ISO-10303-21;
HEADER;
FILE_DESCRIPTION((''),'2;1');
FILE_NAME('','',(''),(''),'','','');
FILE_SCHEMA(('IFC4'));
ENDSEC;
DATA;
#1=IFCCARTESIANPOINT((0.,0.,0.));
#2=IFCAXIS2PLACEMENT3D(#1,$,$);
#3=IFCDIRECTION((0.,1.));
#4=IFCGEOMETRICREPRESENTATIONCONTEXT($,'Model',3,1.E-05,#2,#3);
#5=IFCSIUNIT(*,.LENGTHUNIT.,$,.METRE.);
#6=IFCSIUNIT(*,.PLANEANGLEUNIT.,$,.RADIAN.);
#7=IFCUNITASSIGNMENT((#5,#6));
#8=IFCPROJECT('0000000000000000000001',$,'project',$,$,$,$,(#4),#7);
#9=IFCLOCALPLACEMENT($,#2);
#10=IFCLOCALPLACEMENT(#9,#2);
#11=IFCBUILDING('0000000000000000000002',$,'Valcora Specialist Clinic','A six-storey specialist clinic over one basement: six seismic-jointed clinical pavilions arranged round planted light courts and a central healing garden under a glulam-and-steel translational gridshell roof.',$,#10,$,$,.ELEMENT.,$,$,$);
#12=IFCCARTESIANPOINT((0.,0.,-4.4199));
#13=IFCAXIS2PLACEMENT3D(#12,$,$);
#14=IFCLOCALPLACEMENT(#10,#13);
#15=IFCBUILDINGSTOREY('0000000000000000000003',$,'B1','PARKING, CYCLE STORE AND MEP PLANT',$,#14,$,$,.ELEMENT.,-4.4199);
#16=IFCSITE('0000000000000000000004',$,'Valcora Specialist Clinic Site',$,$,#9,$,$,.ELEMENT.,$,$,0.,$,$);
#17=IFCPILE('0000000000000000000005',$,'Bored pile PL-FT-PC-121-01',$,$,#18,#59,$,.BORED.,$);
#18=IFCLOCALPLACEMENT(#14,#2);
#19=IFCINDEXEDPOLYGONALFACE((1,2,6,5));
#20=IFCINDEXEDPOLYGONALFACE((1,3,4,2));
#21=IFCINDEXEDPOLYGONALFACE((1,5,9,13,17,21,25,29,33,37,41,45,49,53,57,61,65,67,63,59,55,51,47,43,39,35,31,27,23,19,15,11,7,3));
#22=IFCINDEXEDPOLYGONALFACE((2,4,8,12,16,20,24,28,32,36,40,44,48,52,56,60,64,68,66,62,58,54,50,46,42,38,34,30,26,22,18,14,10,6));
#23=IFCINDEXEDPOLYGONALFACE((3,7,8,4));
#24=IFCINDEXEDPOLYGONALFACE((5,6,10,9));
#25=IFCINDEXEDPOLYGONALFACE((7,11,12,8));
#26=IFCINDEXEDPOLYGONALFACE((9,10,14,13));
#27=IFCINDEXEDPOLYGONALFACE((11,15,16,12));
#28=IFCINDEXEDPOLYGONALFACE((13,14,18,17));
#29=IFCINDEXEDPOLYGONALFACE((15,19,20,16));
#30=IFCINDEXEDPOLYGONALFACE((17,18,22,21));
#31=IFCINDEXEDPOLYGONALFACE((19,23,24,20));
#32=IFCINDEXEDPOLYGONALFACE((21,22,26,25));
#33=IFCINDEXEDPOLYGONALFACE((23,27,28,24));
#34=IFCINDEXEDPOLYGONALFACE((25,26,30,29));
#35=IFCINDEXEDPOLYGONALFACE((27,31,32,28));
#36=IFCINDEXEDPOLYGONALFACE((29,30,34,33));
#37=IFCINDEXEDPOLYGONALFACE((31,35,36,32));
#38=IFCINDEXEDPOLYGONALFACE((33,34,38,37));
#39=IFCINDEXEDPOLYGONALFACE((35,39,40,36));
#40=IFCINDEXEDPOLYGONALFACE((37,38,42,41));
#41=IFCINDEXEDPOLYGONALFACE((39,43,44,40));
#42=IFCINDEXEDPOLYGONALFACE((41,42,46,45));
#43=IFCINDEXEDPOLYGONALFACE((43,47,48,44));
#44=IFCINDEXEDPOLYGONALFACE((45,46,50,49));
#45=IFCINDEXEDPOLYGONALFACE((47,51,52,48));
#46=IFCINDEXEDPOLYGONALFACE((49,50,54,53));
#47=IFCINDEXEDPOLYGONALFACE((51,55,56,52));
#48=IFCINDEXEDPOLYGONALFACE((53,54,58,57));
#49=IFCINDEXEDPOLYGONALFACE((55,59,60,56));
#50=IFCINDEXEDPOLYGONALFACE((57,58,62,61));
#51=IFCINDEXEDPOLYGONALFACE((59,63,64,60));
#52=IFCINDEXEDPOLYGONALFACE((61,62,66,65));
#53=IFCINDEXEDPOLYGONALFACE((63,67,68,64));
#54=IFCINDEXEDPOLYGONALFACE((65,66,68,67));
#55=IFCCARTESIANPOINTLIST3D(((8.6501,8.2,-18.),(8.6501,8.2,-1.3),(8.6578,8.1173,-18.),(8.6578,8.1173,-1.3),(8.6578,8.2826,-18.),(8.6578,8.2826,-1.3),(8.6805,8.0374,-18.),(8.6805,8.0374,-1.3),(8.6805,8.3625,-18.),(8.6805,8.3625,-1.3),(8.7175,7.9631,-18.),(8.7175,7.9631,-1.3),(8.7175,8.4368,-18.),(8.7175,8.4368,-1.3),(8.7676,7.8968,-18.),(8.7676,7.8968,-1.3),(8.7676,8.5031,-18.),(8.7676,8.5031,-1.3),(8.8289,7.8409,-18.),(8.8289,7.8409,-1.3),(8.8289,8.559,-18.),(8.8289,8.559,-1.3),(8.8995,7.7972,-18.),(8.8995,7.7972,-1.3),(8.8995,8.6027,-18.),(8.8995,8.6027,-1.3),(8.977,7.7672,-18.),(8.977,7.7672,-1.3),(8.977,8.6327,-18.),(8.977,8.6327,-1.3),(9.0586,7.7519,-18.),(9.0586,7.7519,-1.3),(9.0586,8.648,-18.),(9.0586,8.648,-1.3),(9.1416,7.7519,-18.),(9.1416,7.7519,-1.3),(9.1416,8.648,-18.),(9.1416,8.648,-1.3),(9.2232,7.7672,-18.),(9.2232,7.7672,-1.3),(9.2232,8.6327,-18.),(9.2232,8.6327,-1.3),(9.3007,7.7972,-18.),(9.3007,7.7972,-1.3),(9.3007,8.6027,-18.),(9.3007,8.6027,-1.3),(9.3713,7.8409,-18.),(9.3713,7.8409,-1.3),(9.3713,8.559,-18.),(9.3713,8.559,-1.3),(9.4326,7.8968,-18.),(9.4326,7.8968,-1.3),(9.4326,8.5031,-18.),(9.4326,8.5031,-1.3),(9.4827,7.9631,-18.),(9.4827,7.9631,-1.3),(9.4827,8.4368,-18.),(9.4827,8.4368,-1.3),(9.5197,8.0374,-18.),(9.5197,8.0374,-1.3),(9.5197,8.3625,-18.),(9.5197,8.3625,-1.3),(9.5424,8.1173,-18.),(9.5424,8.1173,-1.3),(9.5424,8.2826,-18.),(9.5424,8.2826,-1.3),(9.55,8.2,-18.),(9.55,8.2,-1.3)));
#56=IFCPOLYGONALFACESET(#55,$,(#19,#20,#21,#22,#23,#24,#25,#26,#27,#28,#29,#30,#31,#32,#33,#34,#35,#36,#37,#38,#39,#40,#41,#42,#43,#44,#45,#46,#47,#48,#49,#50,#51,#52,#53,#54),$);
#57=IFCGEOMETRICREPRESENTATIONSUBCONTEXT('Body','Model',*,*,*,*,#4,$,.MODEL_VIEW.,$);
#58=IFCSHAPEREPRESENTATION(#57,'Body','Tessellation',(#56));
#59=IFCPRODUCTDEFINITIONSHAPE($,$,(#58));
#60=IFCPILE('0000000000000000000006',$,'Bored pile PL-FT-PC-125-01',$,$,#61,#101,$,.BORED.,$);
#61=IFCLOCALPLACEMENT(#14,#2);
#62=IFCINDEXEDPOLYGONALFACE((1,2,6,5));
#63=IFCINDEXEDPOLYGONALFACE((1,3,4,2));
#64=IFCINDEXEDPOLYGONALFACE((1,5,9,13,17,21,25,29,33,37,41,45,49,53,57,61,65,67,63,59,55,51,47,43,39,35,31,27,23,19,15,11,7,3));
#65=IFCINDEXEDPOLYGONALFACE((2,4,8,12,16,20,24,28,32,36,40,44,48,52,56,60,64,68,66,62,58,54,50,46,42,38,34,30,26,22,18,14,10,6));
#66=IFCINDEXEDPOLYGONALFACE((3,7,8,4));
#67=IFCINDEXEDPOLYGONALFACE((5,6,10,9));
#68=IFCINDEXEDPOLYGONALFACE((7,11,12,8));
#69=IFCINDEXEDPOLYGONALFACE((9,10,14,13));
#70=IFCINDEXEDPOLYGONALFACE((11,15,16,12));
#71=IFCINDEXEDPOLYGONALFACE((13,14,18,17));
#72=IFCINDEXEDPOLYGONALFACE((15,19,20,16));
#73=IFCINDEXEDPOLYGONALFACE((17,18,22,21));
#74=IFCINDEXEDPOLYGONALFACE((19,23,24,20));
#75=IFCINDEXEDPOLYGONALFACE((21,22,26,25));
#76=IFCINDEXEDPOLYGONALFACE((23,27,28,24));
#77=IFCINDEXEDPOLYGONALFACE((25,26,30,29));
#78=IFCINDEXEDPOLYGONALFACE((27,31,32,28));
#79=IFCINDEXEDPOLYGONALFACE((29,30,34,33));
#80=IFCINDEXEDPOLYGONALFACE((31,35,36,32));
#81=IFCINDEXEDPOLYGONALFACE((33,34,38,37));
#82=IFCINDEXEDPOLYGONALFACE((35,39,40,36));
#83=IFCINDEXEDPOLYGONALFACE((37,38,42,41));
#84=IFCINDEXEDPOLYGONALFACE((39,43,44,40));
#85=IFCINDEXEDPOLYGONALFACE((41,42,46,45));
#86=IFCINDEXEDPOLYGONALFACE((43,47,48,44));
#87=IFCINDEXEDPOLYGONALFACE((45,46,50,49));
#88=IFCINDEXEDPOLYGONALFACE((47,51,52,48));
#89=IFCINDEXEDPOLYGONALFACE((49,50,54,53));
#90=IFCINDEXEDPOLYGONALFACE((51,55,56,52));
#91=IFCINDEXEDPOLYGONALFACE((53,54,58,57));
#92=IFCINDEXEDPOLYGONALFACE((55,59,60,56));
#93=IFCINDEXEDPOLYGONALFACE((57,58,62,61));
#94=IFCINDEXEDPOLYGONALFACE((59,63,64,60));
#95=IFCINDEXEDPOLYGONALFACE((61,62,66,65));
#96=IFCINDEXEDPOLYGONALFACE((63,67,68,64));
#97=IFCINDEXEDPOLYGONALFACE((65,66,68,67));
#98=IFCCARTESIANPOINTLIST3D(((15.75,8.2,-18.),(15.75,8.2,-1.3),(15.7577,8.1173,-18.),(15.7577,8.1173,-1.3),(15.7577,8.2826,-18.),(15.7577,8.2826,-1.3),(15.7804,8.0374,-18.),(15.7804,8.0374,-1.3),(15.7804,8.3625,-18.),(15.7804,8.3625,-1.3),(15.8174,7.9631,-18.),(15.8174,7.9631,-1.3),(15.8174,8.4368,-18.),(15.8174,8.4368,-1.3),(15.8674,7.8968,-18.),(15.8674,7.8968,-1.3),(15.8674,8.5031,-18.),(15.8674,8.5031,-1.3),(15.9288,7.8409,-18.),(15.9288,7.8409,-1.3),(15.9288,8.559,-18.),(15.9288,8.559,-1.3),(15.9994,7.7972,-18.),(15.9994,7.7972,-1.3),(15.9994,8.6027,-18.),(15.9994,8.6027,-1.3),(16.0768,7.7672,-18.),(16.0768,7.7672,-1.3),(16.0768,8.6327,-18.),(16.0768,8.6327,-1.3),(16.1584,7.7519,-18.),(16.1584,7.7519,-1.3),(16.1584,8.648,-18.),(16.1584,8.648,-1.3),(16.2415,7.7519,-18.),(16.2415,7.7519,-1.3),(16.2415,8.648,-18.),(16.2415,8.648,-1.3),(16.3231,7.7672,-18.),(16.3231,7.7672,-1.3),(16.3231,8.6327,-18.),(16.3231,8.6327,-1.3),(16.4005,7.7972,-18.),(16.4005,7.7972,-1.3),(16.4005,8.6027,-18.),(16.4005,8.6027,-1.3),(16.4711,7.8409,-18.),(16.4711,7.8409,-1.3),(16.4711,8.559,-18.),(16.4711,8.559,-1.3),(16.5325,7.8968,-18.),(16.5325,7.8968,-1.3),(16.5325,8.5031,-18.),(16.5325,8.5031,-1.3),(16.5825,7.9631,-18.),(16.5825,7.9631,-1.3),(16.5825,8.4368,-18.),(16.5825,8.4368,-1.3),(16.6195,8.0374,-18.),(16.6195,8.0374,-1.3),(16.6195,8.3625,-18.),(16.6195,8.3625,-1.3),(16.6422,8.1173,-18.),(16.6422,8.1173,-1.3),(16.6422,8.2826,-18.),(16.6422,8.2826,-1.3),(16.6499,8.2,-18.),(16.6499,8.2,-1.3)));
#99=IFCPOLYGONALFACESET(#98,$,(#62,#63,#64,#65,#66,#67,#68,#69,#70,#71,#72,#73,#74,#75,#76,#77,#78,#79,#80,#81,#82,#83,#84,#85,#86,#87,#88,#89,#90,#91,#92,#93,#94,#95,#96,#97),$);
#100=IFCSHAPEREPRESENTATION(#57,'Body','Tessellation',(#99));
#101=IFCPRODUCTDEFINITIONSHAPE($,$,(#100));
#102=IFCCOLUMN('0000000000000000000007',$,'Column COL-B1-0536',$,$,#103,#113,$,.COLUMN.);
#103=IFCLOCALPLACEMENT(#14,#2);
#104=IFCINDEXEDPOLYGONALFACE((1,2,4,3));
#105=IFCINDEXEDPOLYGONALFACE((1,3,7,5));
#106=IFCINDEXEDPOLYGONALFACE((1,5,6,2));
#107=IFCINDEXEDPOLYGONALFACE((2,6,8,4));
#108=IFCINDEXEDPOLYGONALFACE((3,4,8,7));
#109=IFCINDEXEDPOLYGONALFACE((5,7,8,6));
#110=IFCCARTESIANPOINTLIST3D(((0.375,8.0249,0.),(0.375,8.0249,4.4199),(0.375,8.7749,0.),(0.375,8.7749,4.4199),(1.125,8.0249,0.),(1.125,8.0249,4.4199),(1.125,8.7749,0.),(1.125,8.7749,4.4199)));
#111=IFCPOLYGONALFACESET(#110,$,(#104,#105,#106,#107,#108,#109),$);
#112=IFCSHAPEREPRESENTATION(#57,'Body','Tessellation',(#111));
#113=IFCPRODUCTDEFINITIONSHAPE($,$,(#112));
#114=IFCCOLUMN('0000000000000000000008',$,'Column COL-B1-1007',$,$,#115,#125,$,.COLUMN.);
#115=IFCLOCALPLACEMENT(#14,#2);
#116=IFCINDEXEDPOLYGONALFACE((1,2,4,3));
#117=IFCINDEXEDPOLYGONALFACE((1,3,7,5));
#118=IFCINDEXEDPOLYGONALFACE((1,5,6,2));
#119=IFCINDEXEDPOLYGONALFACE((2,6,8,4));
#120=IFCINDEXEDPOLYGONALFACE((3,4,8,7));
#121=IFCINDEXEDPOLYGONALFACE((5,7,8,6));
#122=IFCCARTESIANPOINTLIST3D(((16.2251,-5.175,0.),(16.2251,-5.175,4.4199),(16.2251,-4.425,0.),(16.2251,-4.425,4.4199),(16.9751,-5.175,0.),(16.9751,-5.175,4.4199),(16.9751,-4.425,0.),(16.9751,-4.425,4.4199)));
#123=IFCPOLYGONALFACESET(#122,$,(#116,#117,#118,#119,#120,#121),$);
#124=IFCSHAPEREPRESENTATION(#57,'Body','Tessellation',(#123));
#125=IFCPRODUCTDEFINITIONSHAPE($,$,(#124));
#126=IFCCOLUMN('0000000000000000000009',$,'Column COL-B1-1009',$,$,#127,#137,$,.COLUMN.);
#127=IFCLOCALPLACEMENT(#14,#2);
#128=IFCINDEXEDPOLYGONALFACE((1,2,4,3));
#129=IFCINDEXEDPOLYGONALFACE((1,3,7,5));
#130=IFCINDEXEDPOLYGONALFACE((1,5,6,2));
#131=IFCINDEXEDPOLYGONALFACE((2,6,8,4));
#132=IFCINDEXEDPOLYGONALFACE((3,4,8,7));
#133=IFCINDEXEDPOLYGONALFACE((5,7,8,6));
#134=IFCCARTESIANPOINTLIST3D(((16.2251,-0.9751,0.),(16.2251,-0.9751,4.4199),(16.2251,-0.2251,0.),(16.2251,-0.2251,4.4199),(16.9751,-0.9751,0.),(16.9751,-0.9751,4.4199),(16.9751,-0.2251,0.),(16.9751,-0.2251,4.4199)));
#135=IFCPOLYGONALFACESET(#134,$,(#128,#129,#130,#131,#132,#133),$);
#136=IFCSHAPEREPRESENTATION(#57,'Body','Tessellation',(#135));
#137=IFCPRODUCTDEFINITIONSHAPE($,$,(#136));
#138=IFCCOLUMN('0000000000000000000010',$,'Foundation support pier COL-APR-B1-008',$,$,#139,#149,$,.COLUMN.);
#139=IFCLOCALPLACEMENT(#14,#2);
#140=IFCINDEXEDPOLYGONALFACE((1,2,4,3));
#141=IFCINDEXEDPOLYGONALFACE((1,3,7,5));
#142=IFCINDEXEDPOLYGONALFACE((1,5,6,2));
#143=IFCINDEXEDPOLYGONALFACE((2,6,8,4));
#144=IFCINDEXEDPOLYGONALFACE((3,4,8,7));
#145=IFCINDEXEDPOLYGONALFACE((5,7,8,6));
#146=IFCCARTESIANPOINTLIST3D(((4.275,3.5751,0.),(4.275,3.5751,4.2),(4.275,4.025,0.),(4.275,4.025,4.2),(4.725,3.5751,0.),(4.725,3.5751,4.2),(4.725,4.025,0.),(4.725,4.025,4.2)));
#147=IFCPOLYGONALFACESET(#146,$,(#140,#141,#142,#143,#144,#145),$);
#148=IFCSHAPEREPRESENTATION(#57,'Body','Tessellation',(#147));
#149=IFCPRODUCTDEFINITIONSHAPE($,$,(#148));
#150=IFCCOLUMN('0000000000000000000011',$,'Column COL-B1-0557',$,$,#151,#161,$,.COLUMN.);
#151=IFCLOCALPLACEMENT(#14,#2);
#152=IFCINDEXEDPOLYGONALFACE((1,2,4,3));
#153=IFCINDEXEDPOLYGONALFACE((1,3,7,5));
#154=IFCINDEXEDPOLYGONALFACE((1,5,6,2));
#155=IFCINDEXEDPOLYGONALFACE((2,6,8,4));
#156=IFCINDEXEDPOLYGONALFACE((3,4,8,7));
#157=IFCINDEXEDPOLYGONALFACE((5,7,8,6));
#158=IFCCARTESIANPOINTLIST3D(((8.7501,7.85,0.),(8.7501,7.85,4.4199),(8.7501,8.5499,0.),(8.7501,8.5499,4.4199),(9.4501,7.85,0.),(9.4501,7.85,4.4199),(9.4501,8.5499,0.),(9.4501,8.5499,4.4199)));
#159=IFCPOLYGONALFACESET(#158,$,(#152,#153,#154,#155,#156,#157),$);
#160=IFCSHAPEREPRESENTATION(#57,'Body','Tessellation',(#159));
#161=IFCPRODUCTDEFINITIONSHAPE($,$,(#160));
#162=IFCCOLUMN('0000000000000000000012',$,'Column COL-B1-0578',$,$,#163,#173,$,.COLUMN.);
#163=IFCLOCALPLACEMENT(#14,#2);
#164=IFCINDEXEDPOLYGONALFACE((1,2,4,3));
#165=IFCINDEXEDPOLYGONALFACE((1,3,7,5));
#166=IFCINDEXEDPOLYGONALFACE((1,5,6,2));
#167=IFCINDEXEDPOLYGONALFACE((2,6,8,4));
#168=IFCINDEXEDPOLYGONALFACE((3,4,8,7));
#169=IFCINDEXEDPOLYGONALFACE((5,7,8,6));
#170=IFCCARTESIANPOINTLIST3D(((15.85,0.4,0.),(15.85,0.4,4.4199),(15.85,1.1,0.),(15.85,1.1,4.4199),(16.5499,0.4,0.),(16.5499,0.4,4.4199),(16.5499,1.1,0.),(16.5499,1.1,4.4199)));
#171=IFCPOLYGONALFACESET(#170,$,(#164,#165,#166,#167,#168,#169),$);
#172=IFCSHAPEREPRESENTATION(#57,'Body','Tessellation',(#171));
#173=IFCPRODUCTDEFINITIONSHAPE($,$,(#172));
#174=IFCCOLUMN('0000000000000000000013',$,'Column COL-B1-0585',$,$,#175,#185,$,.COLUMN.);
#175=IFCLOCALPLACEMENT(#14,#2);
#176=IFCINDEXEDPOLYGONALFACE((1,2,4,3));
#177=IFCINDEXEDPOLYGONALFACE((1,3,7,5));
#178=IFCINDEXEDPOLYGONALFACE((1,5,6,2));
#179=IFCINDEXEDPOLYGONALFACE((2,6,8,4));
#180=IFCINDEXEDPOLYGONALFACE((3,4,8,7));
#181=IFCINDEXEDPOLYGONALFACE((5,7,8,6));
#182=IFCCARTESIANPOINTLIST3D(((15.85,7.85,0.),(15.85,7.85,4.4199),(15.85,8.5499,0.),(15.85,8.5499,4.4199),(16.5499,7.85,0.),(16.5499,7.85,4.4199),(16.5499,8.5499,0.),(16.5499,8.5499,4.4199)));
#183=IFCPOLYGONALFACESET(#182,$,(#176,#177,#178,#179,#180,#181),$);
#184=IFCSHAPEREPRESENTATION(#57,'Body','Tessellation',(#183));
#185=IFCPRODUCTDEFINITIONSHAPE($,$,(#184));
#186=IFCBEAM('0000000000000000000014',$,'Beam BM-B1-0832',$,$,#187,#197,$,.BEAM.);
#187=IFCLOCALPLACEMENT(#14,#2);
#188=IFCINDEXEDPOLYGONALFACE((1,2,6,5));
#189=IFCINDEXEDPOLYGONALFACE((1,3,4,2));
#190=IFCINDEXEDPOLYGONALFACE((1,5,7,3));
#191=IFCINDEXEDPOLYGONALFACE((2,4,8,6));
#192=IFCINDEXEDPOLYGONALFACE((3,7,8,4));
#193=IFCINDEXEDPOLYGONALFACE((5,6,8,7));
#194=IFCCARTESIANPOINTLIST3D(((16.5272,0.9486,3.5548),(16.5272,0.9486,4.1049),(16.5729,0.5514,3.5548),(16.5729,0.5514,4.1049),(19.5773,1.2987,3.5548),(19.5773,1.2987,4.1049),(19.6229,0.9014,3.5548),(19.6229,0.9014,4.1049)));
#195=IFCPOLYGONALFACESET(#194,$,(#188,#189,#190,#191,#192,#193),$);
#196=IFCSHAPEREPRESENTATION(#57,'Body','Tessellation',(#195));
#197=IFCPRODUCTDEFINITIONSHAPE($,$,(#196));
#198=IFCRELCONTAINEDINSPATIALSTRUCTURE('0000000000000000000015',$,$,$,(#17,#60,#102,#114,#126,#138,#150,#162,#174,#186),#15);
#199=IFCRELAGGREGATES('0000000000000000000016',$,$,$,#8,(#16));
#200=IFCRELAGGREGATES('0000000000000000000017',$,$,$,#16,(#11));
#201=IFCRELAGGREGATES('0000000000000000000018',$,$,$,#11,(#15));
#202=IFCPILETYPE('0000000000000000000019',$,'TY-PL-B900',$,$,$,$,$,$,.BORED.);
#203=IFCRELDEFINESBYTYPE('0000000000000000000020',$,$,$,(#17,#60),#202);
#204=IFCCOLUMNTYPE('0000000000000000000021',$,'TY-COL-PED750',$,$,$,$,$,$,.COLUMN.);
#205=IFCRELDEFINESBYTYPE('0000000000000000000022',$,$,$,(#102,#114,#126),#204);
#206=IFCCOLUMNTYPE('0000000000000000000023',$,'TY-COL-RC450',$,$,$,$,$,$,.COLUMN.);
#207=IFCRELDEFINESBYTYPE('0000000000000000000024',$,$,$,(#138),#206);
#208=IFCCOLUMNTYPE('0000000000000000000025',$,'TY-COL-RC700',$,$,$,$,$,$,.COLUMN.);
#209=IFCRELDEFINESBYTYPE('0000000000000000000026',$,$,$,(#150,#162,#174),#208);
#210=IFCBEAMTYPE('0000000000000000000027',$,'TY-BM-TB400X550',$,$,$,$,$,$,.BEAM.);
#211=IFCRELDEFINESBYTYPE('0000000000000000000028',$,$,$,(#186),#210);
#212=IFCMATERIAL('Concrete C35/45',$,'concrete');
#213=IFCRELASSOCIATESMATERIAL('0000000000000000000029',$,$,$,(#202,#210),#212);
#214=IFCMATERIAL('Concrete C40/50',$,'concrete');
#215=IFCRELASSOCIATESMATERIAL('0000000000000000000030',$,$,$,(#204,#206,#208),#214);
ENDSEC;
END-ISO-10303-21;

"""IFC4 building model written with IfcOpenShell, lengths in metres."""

from ifc_helpers import new_model, si_unit, direction, frame, origin, origin_2d, place, context, subcontext, project, spatial, rectangle, circle, extrude, material, material_profile, profile_set, type_object, element, save


model = new_model("IFC4")

# Units and contexts
model_context = context("Model", 3, precision=1e-05, world=origin(), true_north=direction((0.0, 1.0)))
body_context = subcontext(model_context, "Body", "Model", "MODEL_VIEW")
ifc_project = project(units=[si_unit("LENGTHUNIT", "METRE"), si_unit("PLANEANGLEUNIT", "RADIAN")], contexts=[model_context])

# Site, building, storey
site_placement = place(None, origin())
site = spatial("IfcSite", under=ifc_project, at=site_placement, Name="Valcora Specialist Clinic Site", CompositionType="ELEMENT", RefElevation=0.0)
building_placement = place(site_placement, origin())
building = spatial("IfcBuilding", under=site, at=building_placement, Name="Valcora Specialist Clinic", Description="A six-storey specialist clinic over one basement: six seismic-jointed clinical pavilions arranged round planted light courts and a central healing garden under a glulam-and-steel translational gridshell roof.", CompositionType="ELEMENT")
storey_placement = place(building_placement, frame((0.0, 0.0, -4.4199)))
storey = spatial("IfcBuildingStorey", under=building, at=storey_placement, Name="B1", Description="PARKING, CYCLE STORE AND MEP PLANT", CompositionType="ELEMENT", Elevation=-4.4199)

# Shared definitions
ifc_material_1 = material(Name="Concrete C35/45", Category="concrete")

# Piles
ifc_material_profile_1 = material_profile(ifc_material_1, circle(Radius=0.45, at=origin_2d()), Name="RC-PIL-D900")
ifc_profile_set_1 = profile_set([ifc_material_profile_1], Name="Concrete C35/45")
pile_type_1 = type_object("IfcPileType", Name="TY-PL-B900", PredefinedType="BORED", material=ifc_profile_set_1)
for number, where, z_axis, x_axis, name in (
    (1, (9.1001, 8.2, -1.3), (0.0, 0.0, -1.0), (1.0, 0.0, 0.0), "Bored pile PL-FT-PC-121-01"),
    (2, (16.2, 8.2, -1.3), (0.0, 0.0, -1.0), (1.0, 0.0, 0.0), "Bored pile PL-FT-PC-125-01"),
):
    element("IfcPile", number, at=place(storey_placement, frame(where, z_axis=z_axis, x_axis=x_axis)), inside=storey, type_object=pile_type_1, Name=name, PredefinedType="BORED", context=body_context, shape_type="SweptSolid", body=[
        extrude(circle(Radius=0.45, at=origin_2d()), origin(), (0.0, 0.0, 1.0), 16.7),
    ])

# Columns
ifc_material_2 = material(Name="Concrete C40/50", Category="concrete")
ifc_material_profile_2 = material_profile(ifc_material_2, rectangle(XDim=0.75, YDim=0.75, at=origin_2d()), Name="RC-PED-750X750")
ifc_profile_set_2 = profile_set([ifc_material_profile_2], Name="Concrete C40/50")
column_type_1 = type_object("IfcColumnType", Name="TY-COL-PED750", PredefinedType="COLUMN", material=ifc_profile_set_2)
for number, where, z_axis, x_axis, name in (
    (3, (0.75, 8.3999, 0.0), (0.0, 0.0, 1.0), (1.0, 0.0, 0.0), "Column COL-B1-0536"),
    (4, (16.6001, -4.8, 0.0), (0.0, 0.0, 1.0), (1.0, 0.0, 0.0), "Column COL-B1-1007"),
    (5, (16.6001, -0.6001, 0.0), (0.0, 0.0, 1.0), (1.0, 0.0, 0.0), "Column COL-B1-1009"),
):
    element("IfcColumn", number, at=place(storey_placement, frame(where, z_axis=z_axis, x_axis=x_axis)), inside=storey, type_object=column_type_1, Name=name, PredefinedType="COLUMN", context=body_context, shape_type="SweptSolid", body=[
        extrude(rectangle(XDim=0.75, YDim=0.75, at=origin_2d()), origin(), (0.0, 0.0, 1.0), 4.4199),
    ])
ifc_material_profile_3 = material_profile(ifc_material_2, rectangle(XDim=0.45, YDim=0.45, at=origin_2d()), Name="RC-COL-450X450")
ifc_profile_set_3 = profile_set([ifc_material_profile_3], Name="Concrete C40/50")
column_type_2 = type_object("IfcColumnType", Name="TY-COL-RC450", PredefinedType="COLUMN", material=ifc_profile_set_3)
column_placement = place(storey_placement, frame((4.5, 3.8, 0.0), z_axis=(0.0, 0.0, 1.0), x_axis=(1.0, 0.0, 0.0)))
element("IfcColumn", 6, at=column_placement, inside=storey, type_object=column_type_2, Name="Foundation support pier COL-APR-B1-008", PredefinedType="COLUMN", context=body_context, shape_type="SweptSolid", body=[
    extrude(rectangle(XDim=0.45, YDim=0.45, at=origin_2d()), origin(), (0.0, 0.0, 1.0), 4.2),
])
ifc_material_profile_4 = material_profile(ifc_material_2, rectangle(XDim=0.7, YDim=0.7, at=origin_2d()), Name="RC-COL-700X700")
ifc_profile_set_4 = profile_set([ifc_material_profile_4], Name="Concrete C40/50")
column_type_3 = type_object("IfcColumnType", Name="TY-COL-RC700", PredefinedType="COLUMN", material=ifc_profile_set_4)
for number, where, z_axis, x_axis, name in (
    (7, (9.1001, 8.2, 0.0), (0.0, 0.0, 1.0), (1.0, 0.0, 0.0), "Column COL-B1-0557"),
    (8, (16.2, 0.75, 0.0), (0.0, 0.0, 1.0), (1.0, 0.0, 0.0), "Column COL-B1-0578"),
    (9, (16.2, 8.2, 0.0), (0.0, 0.0, 1.0), (1.0, 0.0, 0.0), "Column COL-B1-0585"),
):
    element("IfcColumn", number, at=place(storey_placement, frame(where, z_axis=z_axis, x_axis=x_axis)), inside=storey, type_object=column_type_3, Name=name, PredefinedType="COLUMN", context=body_context, shape_type="SweptSolid", body=[
        extrude(rectangle(XDim=0.7, YDim=0.7, at=origin_2d()), origin(), (0.0, 0.0, 1.0), 4.4199),
    ])

# Beam
ifc_material_profile_5 = material_profile(ifc_material_1, rectangle(XDim=0.3999, YDim=0.55, at=origin_2d()), Name="RC-TB-400X550")
ifc_profile_set_5 = profile_set([ifc_material_profile_5], Name="Concrete C35/45")
beam_type = type_object("IfcBeamType", Name="TY-BM-TB400X550", PredefinedType="BEAM", material=ifc_profile_set_5)
beam_1_placement = place(storey_placement, frame((16.55, 0.75, 3.8298), z_axis=(0.993477, 0.114036, 0.0), x_axis=(-0.114036, 0.993477, 0.0)))
element("IfcBeam", 10, at=beam_1_placement, inside=storey, type_object=beam_type, Name="Beam BM-B1-0832", PredefinedType="BEAM", context=body_context, shape_type="SweptSolid", body=[
    extrude(rectangle(XDim=0.3999, YDim=0.55, at=origin_2d()), origin(), (0.0, 0.0, 1.0), 3.0701),
])

save(model, "model.ifc")
